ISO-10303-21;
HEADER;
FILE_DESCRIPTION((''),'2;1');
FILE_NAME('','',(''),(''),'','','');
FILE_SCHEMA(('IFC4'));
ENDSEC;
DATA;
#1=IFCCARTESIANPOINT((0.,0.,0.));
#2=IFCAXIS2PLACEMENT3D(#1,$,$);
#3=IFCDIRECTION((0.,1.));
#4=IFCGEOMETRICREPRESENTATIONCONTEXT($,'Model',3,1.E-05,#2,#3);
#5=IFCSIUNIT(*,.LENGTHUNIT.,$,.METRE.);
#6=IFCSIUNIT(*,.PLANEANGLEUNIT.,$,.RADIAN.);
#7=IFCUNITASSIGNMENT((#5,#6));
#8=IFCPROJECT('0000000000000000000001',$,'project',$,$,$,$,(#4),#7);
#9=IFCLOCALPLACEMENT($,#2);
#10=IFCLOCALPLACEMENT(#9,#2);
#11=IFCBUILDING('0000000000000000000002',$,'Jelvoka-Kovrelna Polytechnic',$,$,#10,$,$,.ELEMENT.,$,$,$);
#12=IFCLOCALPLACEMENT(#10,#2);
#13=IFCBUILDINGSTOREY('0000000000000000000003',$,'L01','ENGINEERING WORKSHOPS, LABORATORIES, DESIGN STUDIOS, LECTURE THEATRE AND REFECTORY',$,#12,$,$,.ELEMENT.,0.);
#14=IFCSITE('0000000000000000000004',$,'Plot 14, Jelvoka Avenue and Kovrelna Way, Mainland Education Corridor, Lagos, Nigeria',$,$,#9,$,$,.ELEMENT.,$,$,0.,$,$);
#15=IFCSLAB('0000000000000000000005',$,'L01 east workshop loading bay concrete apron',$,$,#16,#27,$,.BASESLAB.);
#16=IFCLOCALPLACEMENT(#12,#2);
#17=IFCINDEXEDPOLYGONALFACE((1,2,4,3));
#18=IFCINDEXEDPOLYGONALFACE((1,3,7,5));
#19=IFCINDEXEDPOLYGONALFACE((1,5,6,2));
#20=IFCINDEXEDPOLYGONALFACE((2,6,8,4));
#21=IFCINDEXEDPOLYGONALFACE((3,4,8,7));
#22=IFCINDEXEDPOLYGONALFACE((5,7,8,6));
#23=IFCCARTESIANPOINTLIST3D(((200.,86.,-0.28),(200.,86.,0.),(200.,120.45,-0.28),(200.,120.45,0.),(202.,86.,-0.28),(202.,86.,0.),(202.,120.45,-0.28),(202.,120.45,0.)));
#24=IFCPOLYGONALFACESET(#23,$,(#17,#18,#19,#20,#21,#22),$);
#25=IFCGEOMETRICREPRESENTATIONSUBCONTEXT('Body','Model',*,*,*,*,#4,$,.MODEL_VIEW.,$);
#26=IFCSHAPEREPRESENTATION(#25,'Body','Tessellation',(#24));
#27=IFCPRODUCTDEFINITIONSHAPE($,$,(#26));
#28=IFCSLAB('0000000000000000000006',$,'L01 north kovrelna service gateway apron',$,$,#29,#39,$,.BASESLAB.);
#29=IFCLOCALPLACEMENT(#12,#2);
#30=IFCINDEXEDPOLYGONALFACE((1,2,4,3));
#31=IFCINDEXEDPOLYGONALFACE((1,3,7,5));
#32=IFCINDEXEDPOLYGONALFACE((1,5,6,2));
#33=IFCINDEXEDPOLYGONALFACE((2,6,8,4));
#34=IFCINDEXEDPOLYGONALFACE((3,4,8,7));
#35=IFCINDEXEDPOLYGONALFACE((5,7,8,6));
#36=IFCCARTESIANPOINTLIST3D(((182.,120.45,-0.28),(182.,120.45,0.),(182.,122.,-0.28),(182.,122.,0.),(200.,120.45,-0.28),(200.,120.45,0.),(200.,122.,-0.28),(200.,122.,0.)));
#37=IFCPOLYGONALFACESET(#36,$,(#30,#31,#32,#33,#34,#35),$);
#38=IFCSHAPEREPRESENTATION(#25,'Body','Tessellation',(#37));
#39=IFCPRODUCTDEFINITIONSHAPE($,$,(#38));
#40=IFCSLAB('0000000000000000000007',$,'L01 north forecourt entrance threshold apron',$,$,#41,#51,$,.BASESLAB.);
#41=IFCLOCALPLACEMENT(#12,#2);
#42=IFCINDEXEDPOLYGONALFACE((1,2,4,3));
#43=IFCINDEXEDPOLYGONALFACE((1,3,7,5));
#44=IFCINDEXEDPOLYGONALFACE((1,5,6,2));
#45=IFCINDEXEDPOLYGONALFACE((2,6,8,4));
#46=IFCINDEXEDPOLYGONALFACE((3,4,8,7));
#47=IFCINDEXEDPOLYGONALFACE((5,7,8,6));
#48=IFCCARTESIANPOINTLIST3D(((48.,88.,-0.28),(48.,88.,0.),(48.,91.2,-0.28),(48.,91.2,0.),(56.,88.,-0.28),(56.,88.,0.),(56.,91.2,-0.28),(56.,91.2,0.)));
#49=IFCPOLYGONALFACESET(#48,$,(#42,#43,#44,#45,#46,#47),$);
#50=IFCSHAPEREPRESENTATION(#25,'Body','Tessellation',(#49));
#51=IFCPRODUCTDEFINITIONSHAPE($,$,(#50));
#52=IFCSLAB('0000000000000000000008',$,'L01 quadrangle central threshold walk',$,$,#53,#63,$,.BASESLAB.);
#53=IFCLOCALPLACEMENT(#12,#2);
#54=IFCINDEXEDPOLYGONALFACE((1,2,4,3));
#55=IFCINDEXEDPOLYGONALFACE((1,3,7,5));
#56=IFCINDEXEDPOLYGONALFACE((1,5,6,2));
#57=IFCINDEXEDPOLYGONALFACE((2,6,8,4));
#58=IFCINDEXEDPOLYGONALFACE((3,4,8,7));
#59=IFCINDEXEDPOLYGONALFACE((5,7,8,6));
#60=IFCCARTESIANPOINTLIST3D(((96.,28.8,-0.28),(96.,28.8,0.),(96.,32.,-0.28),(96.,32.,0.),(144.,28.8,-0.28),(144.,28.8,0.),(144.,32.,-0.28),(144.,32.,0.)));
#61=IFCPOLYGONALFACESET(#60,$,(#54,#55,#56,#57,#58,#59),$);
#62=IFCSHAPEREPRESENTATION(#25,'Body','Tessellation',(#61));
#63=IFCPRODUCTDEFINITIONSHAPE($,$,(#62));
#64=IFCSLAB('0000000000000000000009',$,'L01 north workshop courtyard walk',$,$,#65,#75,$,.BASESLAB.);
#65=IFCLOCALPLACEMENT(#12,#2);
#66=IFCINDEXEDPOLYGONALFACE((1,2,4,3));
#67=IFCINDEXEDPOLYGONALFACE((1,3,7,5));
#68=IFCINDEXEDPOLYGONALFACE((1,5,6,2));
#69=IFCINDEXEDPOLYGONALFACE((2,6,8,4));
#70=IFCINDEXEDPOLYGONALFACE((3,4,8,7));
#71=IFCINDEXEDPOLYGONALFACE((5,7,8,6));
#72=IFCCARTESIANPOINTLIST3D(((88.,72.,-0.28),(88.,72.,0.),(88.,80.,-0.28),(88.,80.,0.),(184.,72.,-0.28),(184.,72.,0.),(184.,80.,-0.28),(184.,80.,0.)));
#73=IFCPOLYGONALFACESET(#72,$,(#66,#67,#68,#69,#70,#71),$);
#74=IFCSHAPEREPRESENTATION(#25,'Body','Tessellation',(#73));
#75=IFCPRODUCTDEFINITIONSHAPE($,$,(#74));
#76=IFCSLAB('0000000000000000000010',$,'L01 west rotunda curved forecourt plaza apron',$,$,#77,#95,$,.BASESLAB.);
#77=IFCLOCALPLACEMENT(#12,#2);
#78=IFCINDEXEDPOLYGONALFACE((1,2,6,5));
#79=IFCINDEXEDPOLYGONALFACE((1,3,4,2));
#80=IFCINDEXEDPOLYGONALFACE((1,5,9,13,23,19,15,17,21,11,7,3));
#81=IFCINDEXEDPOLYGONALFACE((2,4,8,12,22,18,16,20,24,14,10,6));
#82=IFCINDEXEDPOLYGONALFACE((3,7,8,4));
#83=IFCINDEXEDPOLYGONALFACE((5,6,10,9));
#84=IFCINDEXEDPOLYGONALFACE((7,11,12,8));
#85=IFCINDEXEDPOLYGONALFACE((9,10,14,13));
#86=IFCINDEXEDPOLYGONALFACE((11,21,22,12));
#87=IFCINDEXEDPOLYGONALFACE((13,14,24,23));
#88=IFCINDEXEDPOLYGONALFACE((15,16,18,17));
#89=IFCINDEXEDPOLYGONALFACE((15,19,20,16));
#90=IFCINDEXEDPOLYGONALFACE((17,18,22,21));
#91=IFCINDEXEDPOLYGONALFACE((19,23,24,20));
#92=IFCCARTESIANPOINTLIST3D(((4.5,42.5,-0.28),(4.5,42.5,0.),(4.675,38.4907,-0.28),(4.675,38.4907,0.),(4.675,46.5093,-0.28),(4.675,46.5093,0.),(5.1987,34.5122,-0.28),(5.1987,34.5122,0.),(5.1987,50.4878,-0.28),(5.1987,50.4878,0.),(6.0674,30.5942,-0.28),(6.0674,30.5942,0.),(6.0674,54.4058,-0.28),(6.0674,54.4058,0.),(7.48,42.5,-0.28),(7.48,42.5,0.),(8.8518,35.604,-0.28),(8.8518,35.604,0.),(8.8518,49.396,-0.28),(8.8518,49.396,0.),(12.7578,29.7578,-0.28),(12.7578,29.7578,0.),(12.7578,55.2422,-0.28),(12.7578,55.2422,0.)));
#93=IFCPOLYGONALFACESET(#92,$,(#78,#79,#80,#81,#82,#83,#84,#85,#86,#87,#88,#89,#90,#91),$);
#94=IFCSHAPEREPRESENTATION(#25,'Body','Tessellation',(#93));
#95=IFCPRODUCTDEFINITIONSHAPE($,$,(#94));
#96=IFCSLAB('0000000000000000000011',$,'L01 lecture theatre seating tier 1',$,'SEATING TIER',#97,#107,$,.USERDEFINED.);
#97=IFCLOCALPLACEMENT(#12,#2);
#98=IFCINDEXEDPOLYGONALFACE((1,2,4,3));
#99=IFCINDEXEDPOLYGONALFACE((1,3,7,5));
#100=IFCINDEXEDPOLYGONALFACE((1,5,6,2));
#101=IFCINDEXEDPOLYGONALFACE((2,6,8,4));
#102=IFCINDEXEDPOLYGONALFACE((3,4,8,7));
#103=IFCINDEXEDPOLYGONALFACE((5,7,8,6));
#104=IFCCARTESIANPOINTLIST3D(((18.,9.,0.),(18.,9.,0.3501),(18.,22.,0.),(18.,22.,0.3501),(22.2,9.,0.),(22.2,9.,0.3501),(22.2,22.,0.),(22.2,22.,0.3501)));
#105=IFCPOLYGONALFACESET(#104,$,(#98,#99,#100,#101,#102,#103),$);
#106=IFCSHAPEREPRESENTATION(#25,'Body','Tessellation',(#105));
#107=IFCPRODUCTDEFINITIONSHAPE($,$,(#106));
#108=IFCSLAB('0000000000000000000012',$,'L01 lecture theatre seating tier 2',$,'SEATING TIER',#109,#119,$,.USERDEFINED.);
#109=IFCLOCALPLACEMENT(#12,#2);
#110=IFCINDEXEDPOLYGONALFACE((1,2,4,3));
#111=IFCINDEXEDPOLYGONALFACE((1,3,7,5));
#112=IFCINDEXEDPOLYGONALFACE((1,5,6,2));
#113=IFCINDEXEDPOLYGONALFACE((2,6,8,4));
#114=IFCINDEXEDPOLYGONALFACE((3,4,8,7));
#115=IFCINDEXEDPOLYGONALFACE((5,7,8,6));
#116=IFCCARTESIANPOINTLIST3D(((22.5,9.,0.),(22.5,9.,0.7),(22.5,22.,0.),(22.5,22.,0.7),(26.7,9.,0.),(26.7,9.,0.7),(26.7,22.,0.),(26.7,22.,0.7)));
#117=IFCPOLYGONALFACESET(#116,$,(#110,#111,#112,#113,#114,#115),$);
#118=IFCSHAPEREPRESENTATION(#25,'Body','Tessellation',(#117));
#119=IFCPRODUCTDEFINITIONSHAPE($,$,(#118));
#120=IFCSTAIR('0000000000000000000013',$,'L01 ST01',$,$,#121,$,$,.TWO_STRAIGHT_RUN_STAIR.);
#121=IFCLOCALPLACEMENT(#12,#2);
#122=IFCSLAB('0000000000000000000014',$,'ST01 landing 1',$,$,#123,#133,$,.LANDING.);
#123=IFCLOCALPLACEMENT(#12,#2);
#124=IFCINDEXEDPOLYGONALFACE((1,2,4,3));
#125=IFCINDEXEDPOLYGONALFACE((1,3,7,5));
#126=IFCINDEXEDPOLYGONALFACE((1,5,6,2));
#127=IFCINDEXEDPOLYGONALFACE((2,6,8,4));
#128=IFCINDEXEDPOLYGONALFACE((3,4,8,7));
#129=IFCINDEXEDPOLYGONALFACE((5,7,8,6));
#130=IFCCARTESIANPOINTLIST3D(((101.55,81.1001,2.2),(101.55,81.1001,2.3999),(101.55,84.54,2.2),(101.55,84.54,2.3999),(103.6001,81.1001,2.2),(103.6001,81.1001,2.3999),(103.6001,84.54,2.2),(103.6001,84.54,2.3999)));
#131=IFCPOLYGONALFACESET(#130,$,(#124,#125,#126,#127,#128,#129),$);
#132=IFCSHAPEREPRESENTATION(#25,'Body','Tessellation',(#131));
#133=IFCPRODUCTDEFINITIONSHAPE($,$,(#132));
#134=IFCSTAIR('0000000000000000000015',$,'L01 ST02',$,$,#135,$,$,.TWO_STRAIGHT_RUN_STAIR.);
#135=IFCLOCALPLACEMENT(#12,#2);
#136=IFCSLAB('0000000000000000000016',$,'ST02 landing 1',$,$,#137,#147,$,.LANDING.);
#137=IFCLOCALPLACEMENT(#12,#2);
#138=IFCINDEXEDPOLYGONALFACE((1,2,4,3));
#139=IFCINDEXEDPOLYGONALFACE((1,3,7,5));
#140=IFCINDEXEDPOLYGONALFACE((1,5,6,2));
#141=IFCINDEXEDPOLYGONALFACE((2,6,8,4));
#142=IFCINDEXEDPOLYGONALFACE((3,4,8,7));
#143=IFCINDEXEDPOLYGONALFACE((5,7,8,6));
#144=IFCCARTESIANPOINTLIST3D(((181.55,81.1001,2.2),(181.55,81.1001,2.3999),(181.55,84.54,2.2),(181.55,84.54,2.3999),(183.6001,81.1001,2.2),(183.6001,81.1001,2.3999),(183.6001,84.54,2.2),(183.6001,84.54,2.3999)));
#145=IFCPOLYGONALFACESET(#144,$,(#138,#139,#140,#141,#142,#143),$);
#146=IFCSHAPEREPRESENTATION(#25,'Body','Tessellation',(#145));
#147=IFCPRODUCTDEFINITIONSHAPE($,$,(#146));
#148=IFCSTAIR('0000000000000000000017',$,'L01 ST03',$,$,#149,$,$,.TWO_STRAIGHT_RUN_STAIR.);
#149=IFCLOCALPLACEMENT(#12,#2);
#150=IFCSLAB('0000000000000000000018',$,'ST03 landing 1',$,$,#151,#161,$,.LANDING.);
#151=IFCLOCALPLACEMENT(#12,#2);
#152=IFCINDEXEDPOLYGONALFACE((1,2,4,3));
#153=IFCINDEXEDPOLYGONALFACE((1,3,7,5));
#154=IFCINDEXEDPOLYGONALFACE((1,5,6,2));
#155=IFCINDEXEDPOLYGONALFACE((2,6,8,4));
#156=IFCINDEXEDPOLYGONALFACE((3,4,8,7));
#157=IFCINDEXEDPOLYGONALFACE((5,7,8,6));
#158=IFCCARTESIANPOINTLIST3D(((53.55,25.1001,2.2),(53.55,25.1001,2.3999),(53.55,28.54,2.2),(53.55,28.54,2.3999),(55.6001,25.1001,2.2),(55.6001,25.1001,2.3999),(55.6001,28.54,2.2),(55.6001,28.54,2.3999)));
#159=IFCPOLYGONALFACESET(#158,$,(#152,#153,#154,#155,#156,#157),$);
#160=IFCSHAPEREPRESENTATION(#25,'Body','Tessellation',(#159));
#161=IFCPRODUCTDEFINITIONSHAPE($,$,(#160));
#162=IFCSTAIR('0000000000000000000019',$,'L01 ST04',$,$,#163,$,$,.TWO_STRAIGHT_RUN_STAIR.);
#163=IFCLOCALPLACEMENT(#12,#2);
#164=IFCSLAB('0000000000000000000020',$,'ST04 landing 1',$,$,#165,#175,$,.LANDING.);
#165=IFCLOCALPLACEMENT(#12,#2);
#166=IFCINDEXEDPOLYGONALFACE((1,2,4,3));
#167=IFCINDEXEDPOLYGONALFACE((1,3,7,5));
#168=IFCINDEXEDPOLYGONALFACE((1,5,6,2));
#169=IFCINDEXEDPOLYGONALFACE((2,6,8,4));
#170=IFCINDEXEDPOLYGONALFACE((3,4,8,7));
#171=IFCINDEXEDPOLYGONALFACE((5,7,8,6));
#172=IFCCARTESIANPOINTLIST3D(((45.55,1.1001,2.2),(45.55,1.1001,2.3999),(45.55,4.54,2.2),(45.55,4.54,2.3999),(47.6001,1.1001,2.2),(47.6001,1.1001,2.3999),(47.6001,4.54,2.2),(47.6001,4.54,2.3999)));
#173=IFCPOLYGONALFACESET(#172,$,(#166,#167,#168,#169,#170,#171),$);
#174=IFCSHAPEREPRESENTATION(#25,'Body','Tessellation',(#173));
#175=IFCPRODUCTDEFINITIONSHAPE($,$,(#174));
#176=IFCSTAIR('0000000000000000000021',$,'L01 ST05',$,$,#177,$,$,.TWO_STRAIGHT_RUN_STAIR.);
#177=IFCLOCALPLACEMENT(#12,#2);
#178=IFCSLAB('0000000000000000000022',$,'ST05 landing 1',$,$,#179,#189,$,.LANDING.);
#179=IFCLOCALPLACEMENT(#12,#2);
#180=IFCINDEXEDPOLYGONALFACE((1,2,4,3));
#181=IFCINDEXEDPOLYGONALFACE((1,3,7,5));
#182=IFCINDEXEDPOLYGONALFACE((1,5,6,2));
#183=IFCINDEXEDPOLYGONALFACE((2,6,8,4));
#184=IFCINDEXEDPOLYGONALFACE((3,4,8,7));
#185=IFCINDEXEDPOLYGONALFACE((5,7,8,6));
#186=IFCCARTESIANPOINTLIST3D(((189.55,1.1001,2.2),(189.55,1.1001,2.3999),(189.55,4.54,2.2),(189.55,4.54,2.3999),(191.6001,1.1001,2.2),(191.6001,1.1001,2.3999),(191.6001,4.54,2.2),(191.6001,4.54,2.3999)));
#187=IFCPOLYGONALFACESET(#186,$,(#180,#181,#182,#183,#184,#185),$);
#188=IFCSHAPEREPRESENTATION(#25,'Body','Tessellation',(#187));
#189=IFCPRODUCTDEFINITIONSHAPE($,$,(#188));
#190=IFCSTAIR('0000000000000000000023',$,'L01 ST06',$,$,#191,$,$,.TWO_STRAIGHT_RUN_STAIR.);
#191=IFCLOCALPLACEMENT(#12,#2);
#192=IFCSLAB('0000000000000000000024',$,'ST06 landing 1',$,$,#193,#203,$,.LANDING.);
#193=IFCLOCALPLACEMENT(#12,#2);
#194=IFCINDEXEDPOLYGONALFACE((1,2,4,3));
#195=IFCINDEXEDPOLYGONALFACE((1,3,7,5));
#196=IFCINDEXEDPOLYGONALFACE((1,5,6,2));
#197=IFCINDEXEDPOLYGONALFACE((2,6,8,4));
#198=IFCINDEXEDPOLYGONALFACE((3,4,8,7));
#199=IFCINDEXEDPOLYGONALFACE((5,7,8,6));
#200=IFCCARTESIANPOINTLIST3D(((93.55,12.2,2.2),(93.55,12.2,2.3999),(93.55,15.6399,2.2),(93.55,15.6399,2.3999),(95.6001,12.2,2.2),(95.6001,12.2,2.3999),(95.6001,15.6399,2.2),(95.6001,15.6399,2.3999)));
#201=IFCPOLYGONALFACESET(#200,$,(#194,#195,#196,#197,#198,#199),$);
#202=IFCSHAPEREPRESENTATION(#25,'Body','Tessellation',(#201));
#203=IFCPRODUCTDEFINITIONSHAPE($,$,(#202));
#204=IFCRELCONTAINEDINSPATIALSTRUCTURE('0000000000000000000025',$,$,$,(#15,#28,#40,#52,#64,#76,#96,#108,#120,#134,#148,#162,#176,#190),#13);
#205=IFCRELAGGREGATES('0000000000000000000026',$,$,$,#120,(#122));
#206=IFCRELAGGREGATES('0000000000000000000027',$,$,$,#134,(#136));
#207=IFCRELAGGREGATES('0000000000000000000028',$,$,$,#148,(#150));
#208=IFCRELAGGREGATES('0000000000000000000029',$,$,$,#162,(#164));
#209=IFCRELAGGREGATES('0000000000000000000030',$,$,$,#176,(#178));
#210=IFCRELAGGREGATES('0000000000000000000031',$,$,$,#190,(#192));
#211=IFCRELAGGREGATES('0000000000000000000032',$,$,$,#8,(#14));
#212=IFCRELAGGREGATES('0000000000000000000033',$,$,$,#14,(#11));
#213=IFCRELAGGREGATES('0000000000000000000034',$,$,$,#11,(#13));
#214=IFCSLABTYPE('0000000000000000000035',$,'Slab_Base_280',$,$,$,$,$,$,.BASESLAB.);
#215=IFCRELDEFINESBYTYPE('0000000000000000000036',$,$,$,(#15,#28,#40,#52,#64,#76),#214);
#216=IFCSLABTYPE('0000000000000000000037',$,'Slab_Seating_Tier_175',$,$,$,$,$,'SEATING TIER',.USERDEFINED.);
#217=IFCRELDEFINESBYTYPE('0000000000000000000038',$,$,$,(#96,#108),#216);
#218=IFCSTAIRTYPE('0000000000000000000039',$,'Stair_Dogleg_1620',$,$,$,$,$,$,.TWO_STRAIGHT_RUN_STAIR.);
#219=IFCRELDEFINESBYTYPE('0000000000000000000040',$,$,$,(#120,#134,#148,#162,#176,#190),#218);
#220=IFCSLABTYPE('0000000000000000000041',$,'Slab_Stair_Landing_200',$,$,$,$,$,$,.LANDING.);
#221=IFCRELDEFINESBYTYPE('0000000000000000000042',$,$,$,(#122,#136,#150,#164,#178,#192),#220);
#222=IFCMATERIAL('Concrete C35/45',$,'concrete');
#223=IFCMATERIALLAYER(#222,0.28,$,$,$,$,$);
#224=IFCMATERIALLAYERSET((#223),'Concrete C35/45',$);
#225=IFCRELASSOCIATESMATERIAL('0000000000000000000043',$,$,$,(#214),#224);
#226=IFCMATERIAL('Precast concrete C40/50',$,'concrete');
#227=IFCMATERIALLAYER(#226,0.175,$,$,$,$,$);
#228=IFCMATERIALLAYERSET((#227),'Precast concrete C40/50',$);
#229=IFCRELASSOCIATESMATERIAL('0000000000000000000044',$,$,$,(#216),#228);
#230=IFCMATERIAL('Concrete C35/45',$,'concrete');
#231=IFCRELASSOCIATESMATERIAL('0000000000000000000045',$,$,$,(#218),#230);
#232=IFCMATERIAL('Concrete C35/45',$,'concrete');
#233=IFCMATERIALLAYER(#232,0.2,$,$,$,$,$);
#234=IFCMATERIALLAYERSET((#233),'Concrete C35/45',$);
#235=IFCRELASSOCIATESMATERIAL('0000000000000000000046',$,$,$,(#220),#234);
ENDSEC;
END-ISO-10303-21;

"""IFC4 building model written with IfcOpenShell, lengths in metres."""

from ifc_helpers import new_model, si_unit, direction, frame, origin, place, context, subcontext, project, spatial, polyline, outline, extrude, material, layer, layer_set, type_object, element, aggregate, save


model = new_model("IFC4")

# Units and contexts
model_context = context("Model", 3, precision=1e-05, world=origin(), true_north=direction((0.0, 1.0)))
body_context = subcontext(model_context, "Body", "Model", "MODEL_VIEW")
ifc_project = project(units=[si_unit("LENGTHUNIT", "METRE"), si_unit("PLANEANGLEUNIT", "RADIAN")], contexts=[model_context])

# Site, building, storey
site_placement = place(None, origin())
site = spatial("IfcSite", under=ifc_project, at=site_placement, Name="Plot 14, Jelvoka Avenue and Kovrelna Way, Mainland Education Corridor, Lagos, Nigeria", CompositionType="ELEMENT", RefElevation=0.0)
building_placement = place(site_placement, origin())
building = spatial("IfcBuilding", under=site, at=building_placement, Name="Jelvoka-Kovrelna Polytechnic", CompositionType="ELEMENT")
storey_placement = place(building_placement, origin())
storey = spatial("IfcBuildingStorey", under=building, at=storey_placement, Name="L01", Description="ENGINEERING WORKSHOPS, LABORATORIES, DESIGN STUDIOS, LECTURE THEATRE AND REFECTORY", CompositionType="ELEMENT", Elevation=0.0)

# Slabs
ifc_material_1 = material(Name="Concrete C35/45", Category="concrete")
ifc_layer_1 = layer(ifc_material_1, 0.28)
ifc_layer_set_1 = layer_set([ifc_layer_1], Name="Concrete C35/45")
slab_type_1 = type_object("IfcSlabType", Name="Slab_Base_280", PredefinedType="BASESLAB", material=ifc_layer_set_1)
slab_1_placement = place(storey_placement, frame((0.0, 0.0, -0.28)))
element("IfcSlab", 1, at=slab_1_placement, inside=storey, type_object=slab_type_1, Name="L01 east workshop loading bay concrete apron", PredefinedType="BASESLAB", context=body_context, shape_type="SweptSolid", body=[
    extrude(outline(polyline([(200.0, 86.0), (202.0, 86.0), (202.0, 120.45), (200.0, 120.45), (200.0, 86.0)])), origin(), (0.0, 0.0, 1.0), 0.28),
])
slab_2_placement = place(storey_placement, frame((0.0, 0.0, -0.28)))
element("IfcSlab", 2, at=slab_2_placement, inside=storey, type_object=slab_type_1, Name="L01 north kovrelna service gateway apron", PredefinedType="BASESLAB", context=body_context, shape_type="SweptSolid", body=[
    extrude(outline(polyline([(182.0, 120.45), (200.0, 120.45), (200.0, 122.0), (182.0, 122.0), (182.0, 120.45)])), origin(), (0.0, 0.0, 1.0), 0.28),
])
slab_3_placement = place(storey_placement, frame((0.0, 0.0, -0.28)))
element("IfcSlab", 3, at=slab_3_placement, inside=storey, type_object=slab_type_1, Name="L01 north forecourt entrance threshold apron", PredefinedType="BASESLAB", context=body_context, shape_type="SweptSolid", body=[
    extrude(outline(polyline([(48.0, 88.0), (56.0, 88.0), (56.0, 91.2), (48.0, 91.2), (48.0, 88.0)])), origin(), (0.0, 0.0, 1.0), 0.28),
])
slab_4_placement = place(storey_placement, frame((0.0, 0.0, -0.28)))
element("IfcSlab", 4, at=slab_4_placement, inside=storey, type_object=slab_type_1, Name="L01 quadrangle central threshold walk", PredefinedType="BASESLAB", context=body_context, shape_type="SweptSolid", body=[
    extrude(outline(polyline([(96.0, 28.8), (144.0, 28.8), (144.0, 32.0), (96.0, 32.0), (96.0, 28.8)])), origin(), (0.0, 0.0, 1.0), 0.28),
])
slab_5_placement = place(storey_placement, frame((0.0, 0.0, -0.28)))
element("IfcSlab", 5, at=slab_5_placement, inside=storey, type_object=slab_type_1, Name="L01 north workshop courtyard walk", PredefinedType="BASESLAB", context=body_context, shape_type="SweptSolid", body=[
    extrude(outline(polyline([(88.0, 72.0), (184.0, 72.0), (184.0, 80.0), (88.0, 80.0), (88.0, 72.0)])), origin(), (0.0, 0.0, 1.0), 0.28),
])
slab_6_placement = place(storey_placement, frame((0.0, 0.0, -0.28)))
element("IfcSlab", 6, at=slab_6_placement, inside=storey, type_object=slab_type_1, Name="L01 west rotunda curved forecourt plaza apron", PredefinedType="BASESLAB", context=body_context, shape_type="SweptSolid", body=[
    extrude(outline(polyline([(6.0674, 54.4058), (5.1987, 50.4878), (4.675, 46.5093), (4.5, 42.5), (4.675, 38.4907), (5.1987, 34.5122), (6.0674, 30.5942), (12.7578, 29.7578), (8.8518, 35.604), (7.48, 42.5), (8.8518, 49.396), (12.7578, 55.2422), (6.0674, 54.4058)])), origin(), (0.0, 0.0, 1.0), 0.28),
])
ifc_material_2 = material(Name="Precast concrete C40/50", Category="concrete")
ifc_layer_2 = layer(ifc_material_2, 0.175)
ifc_layer_set_2 = layer_set([ifc_layer_2], Name="Precast concrete C40/50")
slab_type_2 = type_object("IfcSlabType", Name="Slab_Seating_Tier_175", ElementType="SEATING TIER", PredefinedType="USERDEFINED", material=ifc_layer_set_2)
slab_7_placement = place(storey_placement, origin())
element("IfcSlab", 7, at=slab_7_placement, inside=storey, type_object=slab_type_2, Name="L01 lecture theatre seating tier 1", ObjectType="SEATING TIER", PredefinedType="USERDEFINED", context=body_context, shape_type="SweptSolid", body=[
    extrude(outline(polyline([(18.0, 9.0), (22.2, 9.0), (22.2, 22.0), (18.0, 22.0), (18.0, 9.0)])), origin(), (0.0, 0.0, 1.0), 0.3501),
])
slab_8_placement = place(storey_placement, origin())
element("IfcSlab", 8, at=slab_8_placement, inside=storey, type_object=slab_type_2, Name="L01 lecture theatre seating tier 2", ObjectType="SEATING TIER", PredefinedType="USERDEFINED", context=body_context, shape_type="SweptSolid", body=[
    extrude(outline(polyline([(22.5, 9.0), (26.7, 9.0), (26.7, 22.0), (22.5, 22.0), (22.5, 9.0)])), origin(), (0.0, 0.0, 1.0), 0.7),
])

# Stairs, slabs
ifc_material_3 = material(Name="Concrete C35/45", Category="concrete")
stair_type_1 = type_object("IfcStairType", Name="Stair_Dogleg_1620", PredefinedType="TWO_STRAIGHT_RUN_STAIR", material=ifc_material_3)
stair_1_placement = place(storey_placement, origin())
stair_1 = element("IfcStair", 9, at=stair_1_placement, inside=storey, type_object=stair_type_1, Name="L01 ST01", PredefinedType="TWO_STRAIGHT_RUN_STAIR")
ifc_material_4 = material(Name="Concrete C35/45", Category="concrete")
ifc_layer_3 = layer(ifc_material_4, 0.2)
ifc_layer_set_3 = layer_set([ifc_layer_3], Name="Concrete C35/45")
slab_type_3 = type_object("IfcSlabType", Name="Slab_Stair_Landing_200", PredefinedType="LANDING", material=ifc_layer_set_3)
slab_9_placement = place(storey_placement, frame((0.0, 0.0, 2.2)))
slab_9 = element("IfcSlab", 10, at=slab_9_placement, type_object=slab_type_3, Name="ST01 landing 1", PredefinedType="LANDING", context=body_context, shape_type="SweptSolid", body=[
    extrude(outline(polyline([(101.55, 81.1001), (103.6001, 81.1001), (103.6001, 84.54), (101.55, 84.54), (101.55, 81.1001)])), origin(), (0.0, 0.0, 1.0), 0.2),
])
aggregate(stair_1, [slab_9])
stair_2_placement = place(storey_placement, origin())
stair_2 = element("IfcStair", 11, at=stair_2_placement, inside=storey, type_object=stair_type_1, Name="L01 ST02", PredefinedType="TWO_STRAIGHT_RUN_STAIR")
slab_10_placement = place(storey_placement, frame((0.0, 0.0, 2.2)))
slab_10 = element("IfcSlab", 12, at=slab_10_placement, type_object=slab_type_3, Name="ST02 landing 1", PredefinedType="LANDING", context=body_context, shape_type="SweptSolid", body=[
    extrude(outline(polyline([(181.55, 81.1001), (183.6001, 81.1001), (183.6001, 84.54), (181.55, 84.54), (181.55, 81.1001)])), origin(), (0.0, 0.0, 1.0), 0.2),
])
aggregate(stair_2, [slab_10])
stair_3_placement = place(storey_placement, origin())
stair_3 = element("IfcStair", 13, at=stair_3_placement, inside=storey, type_object=stair_type_1, Name="L01 ST03", PredefinedType="TWO_STRAIGHT_RUN_STAIR")
slab_11_placement = place(storey_placement, frame((0.0, 0.0, 2.2)))
slab_11 = element("IfcSlab", 14, at=slab_11_placement, type_object=slab_type_3, Name="ST03 landing 1", PredefinedType="LANDING", context=body_context, shape_type="SweptSolid", body=[
    extrude(outline(polyline([(53.55, 25.1001), (55.6001, 25.1001), (55.6001, 28.54), (53.55, 28.54), (53.55, 25.1001)])), origin(), (0.0, 0.0, 1.0), 0.2),
])
aggregate(stair_3, [slab_11])
stair_4_placement = place(storey_placement, origin())
stair_4 = element("IfcStair", 15, at=stair_4_placement, inside=storey, type_object=stair_type_1, Name="L01 ST04", PredefinedType="TWO_STRAIGHT_RUN_STAIR")
slab_12_placement = place(storey_placement, frame((0.0, 0.0, 2.2)))
slab_12 = element("IfcSlab", 16, at=slab_12_placement, type_object=slab_type_3, Name="ST04 landing 1", PredefinedType="LANDING", context=body_context, shape_type="SweptSolid", body=[
    extrude(outline(polyline([(45.55, 1.1001), (47.6001, 1.1001), (47.6001, 4.54), (45.55, 4.54), (45.55, 1.1001)])), origin(), (0.0, 0.0, 1.0), 0.2),
])
aggregate(stair_4, [slab_12])
stair_5_placement = place(storey_placement, origin())
stair_5 = element("IfcStair", 17, at=stair_5_placement, inside=storey, type_object=stair_type_1, Name="L01 ST05", PredefinedType="TWO_STRAIGHT_RUN_STAIR")
slab_13_placement = place(storey_placement, frame((0.0, 0.0, 2.2)))
slab_13 = element("IfcSlab", 18, at=slab_13_placement, type_object=slab_type_3, Name="ST05 landing 1", PredefinedType="LANDING", context=body_context, shape_type="SweptSolid", body=[
    extrude(outline(polyline([(189.55, 1.1001), (191.6001, 1.1001), (191.6001, 4.54), (189.55, 4.54), (189.55, 1.1001)])), origin(), (0.0, 0.0, 1.0), 0.2),
])
aggregate(stair_5, [slab_13])
stair_6_placement = place(storey_placement, origin())
stair_6 = element("IfcStair", 19, at=stair_6_placement, inside=storey, type_object=stair_type_1, Name="L01 ST06", PredefinedType="TWO_STRAIGHT_RUN_STAIR")
slab_14_placement = place(storey_placement, frame((0.0, 0.0, 2.2)))
slab_14 = element("IfcSlab", 20, at=slab_14_placement, type_object=slab_type_3, Name="ST06 landing 1", PredefinedType="LANDING", context=body_context, shape_type="SweptSolid", body=[
    extrude(outline(polyline([(93.55, 12.2), (95.6001, 12.2), (95.6001, 15.6399), (93.55, 15.6399), (93.55, 12.2)])), origin(), (0.0, 0.0, 1.0), 0.2),
])
aggregate(stair_6, [slab_14])

save(model, "model.ifc")
